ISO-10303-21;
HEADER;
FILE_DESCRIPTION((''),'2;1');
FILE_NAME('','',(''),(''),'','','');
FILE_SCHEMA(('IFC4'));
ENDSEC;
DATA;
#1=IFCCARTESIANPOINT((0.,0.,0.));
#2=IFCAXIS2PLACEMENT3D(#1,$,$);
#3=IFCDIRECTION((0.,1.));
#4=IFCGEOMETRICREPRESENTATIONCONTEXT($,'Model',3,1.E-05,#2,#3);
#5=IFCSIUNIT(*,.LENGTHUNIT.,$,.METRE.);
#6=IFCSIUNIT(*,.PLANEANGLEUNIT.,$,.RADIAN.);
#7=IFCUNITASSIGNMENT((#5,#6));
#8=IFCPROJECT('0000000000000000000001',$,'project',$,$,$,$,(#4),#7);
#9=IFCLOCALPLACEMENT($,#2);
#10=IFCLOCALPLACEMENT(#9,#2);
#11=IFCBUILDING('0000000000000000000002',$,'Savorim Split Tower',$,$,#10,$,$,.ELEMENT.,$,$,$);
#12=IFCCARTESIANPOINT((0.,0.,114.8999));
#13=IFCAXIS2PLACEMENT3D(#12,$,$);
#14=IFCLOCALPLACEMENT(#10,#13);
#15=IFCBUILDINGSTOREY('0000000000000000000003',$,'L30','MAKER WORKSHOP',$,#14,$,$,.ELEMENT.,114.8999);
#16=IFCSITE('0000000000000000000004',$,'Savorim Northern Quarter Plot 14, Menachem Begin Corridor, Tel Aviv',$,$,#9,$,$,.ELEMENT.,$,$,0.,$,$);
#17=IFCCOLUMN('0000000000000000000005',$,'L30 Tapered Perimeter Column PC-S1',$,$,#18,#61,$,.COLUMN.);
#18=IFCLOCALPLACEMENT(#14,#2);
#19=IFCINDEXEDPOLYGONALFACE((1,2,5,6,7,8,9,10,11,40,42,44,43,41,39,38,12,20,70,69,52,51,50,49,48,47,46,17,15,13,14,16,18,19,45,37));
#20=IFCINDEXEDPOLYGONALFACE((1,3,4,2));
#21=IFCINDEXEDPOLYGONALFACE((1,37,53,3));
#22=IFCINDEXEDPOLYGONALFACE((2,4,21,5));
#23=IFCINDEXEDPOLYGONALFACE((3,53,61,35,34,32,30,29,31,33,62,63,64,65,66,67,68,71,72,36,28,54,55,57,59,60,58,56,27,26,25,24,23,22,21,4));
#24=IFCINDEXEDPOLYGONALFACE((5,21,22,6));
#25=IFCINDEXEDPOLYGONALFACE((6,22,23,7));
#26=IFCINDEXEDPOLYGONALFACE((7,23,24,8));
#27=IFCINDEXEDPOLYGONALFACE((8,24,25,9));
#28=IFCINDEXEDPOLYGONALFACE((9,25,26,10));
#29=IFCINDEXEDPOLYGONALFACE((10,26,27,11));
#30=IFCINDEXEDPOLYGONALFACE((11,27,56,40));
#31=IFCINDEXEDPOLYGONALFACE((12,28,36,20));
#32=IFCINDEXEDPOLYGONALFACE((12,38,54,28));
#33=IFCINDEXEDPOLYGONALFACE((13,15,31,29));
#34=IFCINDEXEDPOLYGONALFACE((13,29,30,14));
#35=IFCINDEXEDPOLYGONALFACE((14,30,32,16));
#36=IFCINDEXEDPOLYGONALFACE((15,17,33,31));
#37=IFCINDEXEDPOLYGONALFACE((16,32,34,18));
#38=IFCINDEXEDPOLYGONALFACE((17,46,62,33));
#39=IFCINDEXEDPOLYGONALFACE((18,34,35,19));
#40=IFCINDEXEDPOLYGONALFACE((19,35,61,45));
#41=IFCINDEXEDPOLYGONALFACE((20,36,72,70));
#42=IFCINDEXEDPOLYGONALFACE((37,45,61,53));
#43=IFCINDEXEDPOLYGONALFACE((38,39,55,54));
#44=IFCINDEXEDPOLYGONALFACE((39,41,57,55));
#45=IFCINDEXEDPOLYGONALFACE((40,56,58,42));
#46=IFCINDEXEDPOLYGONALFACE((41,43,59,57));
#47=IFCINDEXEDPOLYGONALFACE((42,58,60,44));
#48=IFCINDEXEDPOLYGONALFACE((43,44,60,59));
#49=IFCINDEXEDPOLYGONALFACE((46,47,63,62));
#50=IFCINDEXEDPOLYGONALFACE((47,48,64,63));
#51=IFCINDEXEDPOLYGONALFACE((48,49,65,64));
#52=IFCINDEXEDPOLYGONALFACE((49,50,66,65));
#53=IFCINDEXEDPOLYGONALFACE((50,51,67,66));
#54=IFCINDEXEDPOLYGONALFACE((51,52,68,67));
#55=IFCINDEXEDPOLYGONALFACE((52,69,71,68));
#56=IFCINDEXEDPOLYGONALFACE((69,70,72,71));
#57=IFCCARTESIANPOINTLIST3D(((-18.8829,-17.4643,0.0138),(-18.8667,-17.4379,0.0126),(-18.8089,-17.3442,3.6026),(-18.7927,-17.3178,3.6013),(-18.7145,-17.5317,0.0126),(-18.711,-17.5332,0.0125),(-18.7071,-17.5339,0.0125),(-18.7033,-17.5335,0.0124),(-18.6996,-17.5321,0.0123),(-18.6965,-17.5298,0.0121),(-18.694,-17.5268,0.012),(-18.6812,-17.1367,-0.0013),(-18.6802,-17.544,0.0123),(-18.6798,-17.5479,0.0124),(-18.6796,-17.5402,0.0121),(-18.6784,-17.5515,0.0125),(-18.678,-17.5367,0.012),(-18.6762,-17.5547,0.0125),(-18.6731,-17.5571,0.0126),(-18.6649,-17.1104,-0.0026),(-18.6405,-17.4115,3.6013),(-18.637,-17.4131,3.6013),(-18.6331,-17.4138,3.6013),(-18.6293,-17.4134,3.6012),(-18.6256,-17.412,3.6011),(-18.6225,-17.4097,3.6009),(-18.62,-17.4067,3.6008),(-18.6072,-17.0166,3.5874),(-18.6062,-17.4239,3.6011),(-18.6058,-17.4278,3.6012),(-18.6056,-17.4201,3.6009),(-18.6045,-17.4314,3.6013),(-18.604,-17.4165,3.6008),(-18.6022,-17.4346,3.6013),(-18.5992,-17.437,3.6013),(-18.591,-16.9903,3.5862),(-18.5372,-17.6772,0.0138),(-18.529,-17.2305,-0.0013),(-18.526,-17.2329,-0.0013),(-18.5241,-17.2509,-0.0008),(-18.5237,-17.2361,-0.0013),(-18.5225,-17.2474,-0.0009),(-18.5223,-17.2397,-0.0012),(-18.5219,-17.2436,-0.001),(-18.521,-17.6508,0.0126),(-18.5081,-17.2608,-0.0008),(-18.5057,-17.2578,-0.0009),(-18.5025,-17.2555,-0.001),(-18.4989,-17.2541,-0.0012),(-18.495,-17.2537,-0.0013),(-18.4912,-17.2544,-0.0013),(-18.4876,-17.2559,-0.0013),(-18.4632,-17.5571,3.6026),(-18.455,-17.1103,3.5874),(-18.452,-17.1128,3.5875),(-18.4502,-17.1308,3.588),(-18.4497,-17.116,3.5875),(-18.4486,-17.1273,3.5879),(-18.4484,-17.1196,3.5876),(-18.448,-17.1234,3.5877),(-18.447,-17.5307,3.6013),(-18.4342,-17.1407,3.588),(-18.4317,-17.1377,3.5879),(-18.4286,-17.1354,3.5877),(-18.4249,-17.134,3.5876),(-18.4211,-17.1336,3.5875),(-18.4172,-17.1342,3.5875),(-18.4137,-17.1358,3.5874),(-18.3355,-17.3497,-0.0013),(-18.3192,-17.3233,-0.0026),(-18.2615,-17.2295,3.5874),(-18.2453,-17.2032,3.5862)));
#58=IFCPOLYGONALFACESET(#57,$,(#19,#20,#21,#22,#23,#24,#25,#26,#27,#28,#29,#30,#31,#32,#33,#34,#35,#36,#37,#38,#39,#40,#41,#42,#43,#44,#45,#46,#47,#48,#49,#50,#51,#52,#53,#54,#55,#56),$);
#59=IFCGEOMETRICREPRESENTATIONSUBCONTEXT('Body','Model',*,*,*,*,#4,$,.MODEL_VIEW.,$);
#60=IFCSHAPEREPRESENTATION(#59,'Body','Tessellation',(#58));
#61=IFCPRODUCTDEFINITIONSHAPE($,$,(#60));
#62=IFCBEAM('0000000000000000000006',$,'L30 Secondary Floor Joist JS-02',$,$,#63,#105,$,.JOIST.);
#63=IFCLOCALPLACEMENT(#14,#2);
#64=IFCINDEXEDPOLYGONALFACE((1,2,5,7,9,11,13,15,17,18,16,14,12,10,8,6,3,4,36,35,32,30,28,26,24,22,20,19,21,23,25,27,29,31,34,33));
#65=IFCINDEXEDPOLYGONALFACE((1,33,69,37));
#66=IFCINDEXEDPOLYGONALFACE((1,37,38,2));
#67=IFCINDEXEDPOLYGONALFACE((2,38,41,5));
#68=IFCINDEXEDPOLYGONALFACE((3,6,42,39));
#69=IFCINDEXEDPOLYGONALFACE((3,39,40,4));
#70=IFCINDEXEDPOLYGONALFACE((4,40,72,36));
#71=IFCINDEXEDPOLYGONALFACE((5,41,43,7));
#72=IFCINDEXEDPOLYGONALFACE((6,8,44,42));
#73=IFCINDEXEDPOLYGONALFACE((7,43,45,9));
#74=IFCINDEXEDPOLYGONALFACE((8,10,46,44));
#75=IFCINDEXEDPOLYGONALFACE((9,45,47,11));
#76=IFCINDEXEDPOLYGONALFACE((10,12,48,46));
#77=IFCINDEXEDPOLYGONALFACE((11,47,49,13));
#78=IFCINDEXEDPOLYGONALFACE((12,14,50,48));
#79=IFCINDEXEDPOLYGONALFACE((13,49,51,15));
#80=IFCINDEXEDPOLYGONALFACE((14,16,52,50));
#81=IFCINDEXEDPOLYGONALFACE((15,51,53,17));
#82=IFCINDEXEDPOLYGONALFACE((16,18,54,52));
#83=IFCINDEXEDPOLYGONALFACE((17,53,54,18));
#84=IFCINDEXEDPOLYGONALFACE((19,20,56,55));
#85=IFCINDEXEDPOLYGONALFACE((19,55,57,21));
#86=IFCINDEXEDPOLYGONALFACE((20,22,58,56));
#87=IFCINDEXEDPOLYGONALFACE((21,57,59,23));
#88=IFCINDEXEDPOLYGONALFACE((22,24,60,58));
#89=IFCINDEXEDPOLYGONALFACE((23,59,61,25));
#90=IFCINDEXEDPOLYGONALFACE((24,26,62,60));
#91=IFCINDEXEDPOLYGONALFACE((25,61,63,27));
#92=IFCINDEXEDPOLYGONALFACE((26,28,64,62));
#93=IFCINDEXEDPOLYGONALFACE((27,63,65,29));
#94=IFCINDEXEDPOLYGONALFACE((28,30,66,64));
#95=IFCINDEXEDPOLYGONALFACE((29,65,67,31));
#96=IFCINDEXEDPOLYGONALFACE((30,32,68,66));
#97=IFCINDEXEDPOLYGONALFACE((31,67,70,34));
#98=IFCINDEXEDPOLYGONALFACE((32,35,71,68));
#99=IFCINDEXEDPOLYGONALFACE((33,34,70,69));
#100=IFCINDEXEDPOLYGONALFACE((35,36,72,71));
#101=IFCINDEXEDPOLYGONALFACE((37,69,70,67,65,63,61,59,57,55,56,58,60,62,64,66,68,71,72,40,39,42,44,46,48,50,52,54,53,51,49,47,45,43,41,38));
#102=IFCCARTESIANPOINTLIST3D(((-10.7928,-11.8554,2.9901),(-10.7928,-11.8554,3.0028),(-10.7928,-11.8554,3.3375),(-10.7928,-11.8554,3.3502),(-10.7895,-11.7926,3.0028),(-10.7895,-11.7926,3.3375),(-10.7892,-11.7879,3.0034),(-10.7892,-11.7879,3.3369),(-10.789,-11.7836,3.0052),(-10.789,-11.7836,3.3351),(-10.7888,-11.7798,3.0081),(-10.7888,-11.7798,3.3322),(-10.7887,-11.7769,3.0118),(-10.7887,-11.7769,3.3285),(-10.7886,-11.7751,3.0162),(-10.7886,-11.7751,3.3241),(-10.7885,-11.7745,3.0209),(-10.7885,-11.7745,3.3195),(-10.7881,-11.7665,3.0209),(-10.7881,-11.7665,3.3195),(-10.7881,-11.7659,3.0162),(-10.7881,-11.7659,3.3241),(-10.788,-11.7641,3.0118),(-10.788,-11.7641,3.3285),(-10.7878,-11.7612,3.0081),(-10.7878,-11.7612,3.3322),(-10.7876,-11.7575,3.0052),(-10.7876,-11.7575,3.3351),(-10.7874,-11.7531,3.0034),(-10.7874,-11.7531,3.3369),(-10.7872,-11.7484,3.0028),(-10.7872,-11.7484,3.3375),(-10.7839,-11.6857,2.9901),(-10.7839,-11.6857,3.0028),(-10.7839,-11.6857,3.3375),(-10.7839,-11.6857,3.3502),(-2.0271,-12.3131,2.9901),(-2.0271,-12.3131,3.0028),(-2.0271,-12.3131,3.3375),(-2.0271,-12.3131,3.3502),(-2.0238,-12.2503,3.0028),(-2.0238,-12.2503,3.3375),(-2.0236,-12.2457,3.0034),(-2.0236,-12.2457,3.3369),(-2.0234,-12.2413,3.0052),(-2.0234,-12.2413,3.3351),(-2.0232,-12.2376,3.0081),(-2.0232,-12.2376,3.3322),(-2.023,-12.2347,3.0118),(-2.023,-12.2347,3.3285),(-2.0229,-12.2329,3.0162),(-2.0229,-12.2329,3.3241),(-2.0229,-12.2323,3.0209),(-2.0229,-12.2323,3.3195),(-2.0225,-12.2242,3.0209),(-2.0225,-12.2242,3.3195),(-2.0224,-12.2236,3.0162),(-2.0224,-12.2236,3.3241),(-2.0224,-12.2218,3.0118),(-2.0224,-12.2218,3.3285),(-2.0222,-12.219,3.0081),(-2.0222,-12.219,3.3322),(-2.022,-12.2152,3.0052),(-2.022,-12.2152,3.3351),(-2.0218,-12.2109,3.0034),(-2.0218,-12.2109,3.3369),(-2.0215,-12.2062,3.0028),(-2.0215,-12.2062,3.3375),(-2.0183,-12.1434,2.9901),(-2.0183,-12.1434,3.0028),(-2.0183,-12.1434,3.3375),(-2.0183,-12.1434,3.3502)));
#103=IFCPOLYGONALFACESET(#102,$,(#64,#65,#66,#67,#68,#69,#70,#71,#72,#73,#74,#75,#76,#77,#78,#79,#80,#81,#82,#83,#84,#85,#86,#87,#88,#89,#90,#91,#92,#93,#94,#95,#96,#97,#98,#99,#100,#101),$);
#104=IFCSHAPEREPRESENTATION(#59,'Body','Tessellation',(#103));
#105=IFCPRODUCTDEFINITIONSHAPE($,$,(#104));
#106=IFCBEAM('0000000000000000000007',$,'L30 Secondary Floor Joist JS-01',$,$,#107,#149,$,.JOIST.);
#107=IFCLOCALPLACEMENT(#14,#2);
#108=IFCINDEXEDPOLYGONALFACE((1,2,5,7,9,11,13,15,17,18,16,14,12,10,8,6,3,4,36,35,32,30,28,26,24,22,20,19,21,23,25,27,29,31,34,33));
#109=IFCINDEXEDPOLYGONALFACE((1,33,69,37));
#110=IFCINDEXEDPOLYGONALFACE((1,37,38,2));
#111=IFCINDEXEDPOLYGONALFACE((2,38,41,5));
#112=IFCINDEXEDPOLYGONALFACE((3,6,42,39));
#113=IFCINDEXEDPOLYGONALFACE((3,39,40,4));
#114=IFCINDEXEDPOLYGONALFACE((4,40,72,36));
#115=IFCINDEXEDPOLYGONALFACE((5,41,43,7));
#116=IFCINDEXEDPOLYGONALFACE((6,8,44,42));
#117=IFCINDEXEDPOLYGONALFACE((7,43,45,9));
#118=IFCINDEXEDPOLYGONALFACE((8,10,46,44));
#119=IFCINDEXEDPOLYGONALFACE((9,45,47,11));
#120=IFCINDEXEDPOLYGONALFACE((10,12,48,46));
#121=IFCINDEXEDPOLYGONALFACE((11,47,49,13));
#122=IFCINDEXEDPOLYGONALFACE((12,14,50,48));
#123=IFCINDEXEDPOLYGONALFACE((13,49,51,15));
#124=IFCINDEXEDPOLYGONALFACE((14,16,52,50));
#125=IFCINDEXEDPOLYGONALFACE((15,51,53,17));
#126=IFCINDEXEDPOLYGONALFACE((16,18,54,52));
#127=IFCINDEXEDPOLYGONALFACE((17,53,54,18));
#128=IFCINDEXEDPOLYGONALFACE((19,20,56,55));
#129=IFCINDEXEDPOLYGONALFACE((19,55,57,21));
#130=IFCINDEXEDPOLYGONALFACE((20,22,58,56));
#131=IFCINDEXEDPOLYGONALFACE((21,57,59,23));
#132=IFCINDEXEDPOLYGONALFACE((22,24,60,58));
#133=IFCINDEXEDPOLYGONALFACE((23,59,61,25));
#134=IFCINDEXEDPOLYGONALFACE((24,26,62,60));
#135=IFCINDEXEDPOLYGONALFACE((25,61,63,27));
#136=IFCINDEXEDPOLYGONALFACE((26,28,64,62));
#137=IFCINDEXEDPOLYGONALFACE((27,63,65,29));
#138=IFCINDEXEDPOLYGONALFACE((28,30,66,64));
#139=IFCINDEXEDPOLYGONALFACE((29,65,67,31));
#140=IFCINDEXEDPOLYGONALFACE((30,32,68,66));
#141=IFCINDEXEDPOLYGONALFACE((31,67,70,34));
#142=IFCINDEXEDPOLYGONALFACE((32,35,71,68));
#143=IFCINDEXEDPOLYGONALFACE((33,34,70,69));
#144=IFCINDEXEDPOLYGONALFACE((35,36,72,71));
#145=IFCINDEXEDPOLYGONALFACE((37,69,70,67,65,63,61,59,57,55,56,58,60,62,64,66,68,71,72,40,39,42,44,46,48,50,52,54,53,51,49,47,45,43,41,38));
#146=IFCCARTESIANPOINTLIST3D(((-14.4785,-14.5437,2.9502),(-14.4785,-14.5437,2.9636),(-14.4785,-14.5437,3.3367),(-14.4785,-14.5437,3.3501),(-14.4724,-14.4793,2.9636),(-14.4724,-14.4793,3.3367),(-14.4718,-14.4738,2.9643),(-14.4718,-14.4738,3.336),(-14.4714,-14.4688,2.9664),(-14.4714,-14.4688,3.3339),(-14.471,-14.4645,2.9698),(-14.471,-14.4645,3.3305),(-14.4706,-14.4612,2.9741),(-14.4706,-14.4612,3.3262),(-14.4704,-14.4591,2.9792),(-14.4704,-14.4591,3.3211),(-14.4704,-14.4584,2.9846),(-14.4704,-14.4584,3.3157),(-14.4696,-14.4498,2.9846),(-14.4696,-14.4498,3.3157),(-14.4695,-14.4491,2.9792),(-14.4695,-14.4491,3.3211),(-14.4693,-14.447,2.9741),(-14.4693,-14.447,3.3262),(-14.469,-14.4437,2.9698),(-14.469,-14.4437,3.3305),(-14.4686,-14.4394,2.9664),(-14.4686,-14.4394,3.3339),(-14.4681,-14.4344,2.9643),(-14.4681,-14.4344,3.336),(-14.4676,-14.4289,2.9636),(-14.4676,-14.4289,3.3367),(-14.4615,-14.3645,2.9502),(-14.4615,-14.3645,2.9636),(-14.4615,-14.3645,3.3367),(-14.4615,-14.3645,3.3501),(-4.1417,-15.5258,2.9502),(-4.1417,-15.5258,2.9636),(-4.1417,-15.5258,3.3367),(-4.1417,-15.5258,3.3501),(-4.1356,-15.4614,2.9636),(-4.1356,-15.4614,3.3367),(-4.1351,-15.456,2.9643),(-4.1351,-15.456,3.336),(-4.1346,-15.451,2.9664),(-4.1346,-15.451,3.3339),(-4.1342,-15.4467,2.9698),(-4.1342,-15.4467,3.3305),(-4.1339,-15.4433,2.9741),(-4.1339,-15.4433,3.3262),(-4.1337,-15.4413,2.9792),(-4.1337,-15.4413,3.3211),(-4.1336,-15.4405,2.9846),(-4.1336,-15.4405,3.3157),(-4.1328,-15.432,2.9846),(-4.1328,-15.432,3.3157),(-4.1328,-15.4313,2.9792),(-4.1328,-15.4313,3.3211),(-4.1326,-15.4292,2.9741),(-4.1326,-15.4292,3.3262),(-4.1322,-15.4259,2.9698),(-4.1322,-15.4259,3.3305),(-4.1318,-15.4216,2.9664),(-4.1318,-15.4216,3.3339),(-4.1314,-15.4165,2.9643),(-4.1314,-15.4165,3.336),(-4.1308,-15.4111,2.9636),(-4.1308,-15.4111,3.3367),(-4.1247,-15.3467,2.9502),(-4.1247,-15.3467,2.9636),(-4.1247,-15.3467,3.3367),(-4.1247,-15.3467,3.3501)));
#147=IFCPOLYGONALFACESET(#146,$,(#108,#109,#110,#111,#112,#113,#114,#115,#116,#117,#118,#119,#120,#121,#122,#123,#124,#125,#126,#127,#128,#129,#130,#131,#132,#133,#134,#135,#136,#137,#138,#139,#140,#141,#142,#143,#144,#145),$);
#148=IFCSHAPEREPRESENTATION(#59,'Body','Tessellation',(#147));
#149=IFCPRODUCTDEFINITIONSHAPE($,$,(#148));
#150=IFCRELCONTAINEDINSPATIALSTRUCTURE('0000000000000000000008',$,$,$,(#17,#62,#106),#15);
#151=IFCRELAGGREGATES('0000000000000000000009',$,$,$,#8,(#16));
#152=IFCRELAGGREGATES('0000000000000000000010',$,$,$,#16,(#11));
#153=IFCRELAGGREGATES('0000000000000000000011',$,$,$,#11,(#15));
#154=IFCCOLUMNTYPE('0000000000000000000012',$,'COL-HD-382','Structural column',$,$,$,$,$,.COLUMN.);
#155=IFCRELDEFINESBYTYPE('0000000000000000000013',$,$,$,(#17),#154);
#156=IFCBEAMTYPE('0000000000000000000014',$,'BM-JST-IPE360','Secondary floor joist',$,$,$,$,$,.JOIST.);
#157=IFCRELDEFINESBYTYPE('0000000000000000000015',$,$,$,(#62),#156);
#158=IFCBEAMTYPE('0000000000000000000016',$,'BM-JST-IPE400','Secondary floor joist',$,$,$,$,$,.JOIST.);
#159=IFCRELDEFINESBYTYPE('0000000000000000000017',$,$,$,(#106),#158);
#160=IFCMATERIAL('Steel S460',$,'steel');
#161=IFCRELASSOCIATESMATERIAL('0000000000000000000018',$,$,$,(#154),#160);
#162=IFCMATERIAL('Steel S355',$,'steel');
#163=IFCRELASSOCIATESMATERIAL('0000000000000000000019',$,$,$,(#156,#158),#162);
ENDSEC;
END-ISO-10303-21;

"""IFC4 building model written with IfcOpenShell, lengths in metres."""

from ifc_helpers import new_model, si_unit, direction, frame, origin, origin_2d, place, context, subcontext, project, spatial, i_section, extrude, material, material_profile, profile_set, type_object, element, save


model = new_model("IFC4")

# Units and contexts
model_context = context("Model", 3, precision=1e-05, world=origin(), true_north=direction((0.0, 1.0)))
body_context = subcontext(model_context, "Body", "Model", "MODEL_VIEW")
ifc_project = project(units=[si_unit("LENGTHUNIT", "METRE"), si_unit("PLANEANGLEUNIT", "RADIAN")], contexts=[model_context])

# Site, building, storey
site_placement = place(None, origin())
site = spatial("IfcSite", under=ifc_project, at=site_placement, Name="Savorim Northern Quarter Plot 14, Menachem Begin Corridor, Tel Aviv", CompositionType="ELEMENT", RefElevation=0.0)
building_placement = place(site_placement, origin())
building = spatial("IfcBuilding", under=site, at=building_placement, Name="Savorim Split Tower", CompositionType="ELEMENT")
storey_placement = place(building_placement, frame((0.0, 0.0, 114.8999)))
storey = spatial("IfcBuildingStorey", under=building, at=storey_placement, Name="L30", Description="MAKER WORKSHOP", CompositionType="ELEMENT", Elevation=114.8999)

# Column
ifc_material_1 = material(Name="Steel S460", Category="steel")
ifc_material_profile_1 = material_profile(ifc_material_1, i_section(OverallWidth=0.406, OverallDepth=0.416, WebThickness=0.0188, FlangeThickness=0.031, FilletRadius=0.0149, at=origin_2d()), Name="HD 400x382")
ifc_profile_set_1 = profile_set([ifc_material_profile_1], Name="Steel S460")
column_type = type_object("IfcColumnType", Name="COL-HD-382", Description="Structural column", PredefinedType="COLUMN", material=ifc_profile_set_1)
column_placement = place(storey_placement, frame((-18.6011, -17.3938, 0.0056), z_axis=(0.020596, 0.033444, 0.999228), x_axis=(-0.85148, 0.524387, 0.0)))
element("IfcColumn", 1, at=column_placement, inside=storey, type_object=column_type, Name="L30 Tapered Perimeter Column PC-S1", PredefinedType="COLUMN", context=body_context, shape_type="SweptSolid", body=[
    extrude(i_section(OverallWidth=0.406, OverallDepth=0.416, WebThickness=0.0188, FlangeThickness=0.031, FilletRadius=0.0149, at=origin_2d()), origin(), (0.0, 0.0, 1.0), 3.5916),
])

# Beams
ifc_material_2 = material(Name="Steel S355", Category="steel")
ifc_material_profile_2 = material_profile(ifc_material_2, i_section(OverallWidth=0.1699, OverallDepth=0.3601, WebThickness=0.0081, FlangeThickness=0.0127, FilletRadius=0.0181, at=origin_2d()), Name="IPE 360")
ifc_profile_set_2 = profile_set([ifc_material_profile_2], Name="Steel S355")
beam_type_1 = type_object("IfcBeamType", Name="BM-JST-IPE360", Description="Secondary floor joist", PredefinedType="JOIST", material=ifc_profile_set_2)
beam_1_placement = place(storey_placement, frame((-10.7883, -11.7705, 3.1702), z_axis=(0.998639, -0.052152, 0.0), x_axis=(0.052152, 0.998639, 0.0)))
element("IfcBeam", 2, at=beam_1_placement, inside=storey, type_object=beam_type_1, Name="L30 Secondary Floor Joist JS-02", PredefinedType="JOIST", context=body_context, shape_type="SweptSolid", body=[
    extrude(i_section(OverallWidth=0.1699, OverallDepth=0.3601, WebThickness=0.0081, FlangeThickness=0.0127, FilletRadius=0.0181, at=origin_2d()), origin(), (0.0, 0.0, 1.0), 8.7776),
])
ifc_material_profile_3 = material_profile(ifc_material_2, i_section(OverallWidth=0.1799, OverallDepth=0.3999, WebThickness=0.0085, FlangeThickness=0.0134, FilletRadius=0.021, at=origin_2d()), Name="IPE 400")
ifc_profile_set_3 = profile_set([ifc_material_profile_3], Name="Steel S355")
beam_type_2 = type_object("IfcBeamType", Name="BM-JST-IPE400", Description="Secondary floor joist", PredefinedType="JOIST", material=ifc_profile_set_3)
beam_2_placement = place(storey_placement, frame((-14.47, -14.4541, 3.1501), z_axis=(0.995516, -0.094593, 0.0), x_axis=(0.094593, 0.995516, 0.0)))
element("IfcBeam", 3, at=beam_2_placement, inside=storey, type_object=beam_type_2, Name="L30 Secondary Floor Joist JS-01", PredefinedType="JOIST", context=body_context, shape_type="SweptSolid", body=[
    extrude(i_section(OverallWidth=0.1799, OverallDepth=0.3999, WebThickness=0.0085, FlangeThickness=0.0134, FilletRadius=0.021, at=origin_2d()), origin(), (0.0, 0.0, 1.0), 10.3833),
])

save(model, "model.ifc")
